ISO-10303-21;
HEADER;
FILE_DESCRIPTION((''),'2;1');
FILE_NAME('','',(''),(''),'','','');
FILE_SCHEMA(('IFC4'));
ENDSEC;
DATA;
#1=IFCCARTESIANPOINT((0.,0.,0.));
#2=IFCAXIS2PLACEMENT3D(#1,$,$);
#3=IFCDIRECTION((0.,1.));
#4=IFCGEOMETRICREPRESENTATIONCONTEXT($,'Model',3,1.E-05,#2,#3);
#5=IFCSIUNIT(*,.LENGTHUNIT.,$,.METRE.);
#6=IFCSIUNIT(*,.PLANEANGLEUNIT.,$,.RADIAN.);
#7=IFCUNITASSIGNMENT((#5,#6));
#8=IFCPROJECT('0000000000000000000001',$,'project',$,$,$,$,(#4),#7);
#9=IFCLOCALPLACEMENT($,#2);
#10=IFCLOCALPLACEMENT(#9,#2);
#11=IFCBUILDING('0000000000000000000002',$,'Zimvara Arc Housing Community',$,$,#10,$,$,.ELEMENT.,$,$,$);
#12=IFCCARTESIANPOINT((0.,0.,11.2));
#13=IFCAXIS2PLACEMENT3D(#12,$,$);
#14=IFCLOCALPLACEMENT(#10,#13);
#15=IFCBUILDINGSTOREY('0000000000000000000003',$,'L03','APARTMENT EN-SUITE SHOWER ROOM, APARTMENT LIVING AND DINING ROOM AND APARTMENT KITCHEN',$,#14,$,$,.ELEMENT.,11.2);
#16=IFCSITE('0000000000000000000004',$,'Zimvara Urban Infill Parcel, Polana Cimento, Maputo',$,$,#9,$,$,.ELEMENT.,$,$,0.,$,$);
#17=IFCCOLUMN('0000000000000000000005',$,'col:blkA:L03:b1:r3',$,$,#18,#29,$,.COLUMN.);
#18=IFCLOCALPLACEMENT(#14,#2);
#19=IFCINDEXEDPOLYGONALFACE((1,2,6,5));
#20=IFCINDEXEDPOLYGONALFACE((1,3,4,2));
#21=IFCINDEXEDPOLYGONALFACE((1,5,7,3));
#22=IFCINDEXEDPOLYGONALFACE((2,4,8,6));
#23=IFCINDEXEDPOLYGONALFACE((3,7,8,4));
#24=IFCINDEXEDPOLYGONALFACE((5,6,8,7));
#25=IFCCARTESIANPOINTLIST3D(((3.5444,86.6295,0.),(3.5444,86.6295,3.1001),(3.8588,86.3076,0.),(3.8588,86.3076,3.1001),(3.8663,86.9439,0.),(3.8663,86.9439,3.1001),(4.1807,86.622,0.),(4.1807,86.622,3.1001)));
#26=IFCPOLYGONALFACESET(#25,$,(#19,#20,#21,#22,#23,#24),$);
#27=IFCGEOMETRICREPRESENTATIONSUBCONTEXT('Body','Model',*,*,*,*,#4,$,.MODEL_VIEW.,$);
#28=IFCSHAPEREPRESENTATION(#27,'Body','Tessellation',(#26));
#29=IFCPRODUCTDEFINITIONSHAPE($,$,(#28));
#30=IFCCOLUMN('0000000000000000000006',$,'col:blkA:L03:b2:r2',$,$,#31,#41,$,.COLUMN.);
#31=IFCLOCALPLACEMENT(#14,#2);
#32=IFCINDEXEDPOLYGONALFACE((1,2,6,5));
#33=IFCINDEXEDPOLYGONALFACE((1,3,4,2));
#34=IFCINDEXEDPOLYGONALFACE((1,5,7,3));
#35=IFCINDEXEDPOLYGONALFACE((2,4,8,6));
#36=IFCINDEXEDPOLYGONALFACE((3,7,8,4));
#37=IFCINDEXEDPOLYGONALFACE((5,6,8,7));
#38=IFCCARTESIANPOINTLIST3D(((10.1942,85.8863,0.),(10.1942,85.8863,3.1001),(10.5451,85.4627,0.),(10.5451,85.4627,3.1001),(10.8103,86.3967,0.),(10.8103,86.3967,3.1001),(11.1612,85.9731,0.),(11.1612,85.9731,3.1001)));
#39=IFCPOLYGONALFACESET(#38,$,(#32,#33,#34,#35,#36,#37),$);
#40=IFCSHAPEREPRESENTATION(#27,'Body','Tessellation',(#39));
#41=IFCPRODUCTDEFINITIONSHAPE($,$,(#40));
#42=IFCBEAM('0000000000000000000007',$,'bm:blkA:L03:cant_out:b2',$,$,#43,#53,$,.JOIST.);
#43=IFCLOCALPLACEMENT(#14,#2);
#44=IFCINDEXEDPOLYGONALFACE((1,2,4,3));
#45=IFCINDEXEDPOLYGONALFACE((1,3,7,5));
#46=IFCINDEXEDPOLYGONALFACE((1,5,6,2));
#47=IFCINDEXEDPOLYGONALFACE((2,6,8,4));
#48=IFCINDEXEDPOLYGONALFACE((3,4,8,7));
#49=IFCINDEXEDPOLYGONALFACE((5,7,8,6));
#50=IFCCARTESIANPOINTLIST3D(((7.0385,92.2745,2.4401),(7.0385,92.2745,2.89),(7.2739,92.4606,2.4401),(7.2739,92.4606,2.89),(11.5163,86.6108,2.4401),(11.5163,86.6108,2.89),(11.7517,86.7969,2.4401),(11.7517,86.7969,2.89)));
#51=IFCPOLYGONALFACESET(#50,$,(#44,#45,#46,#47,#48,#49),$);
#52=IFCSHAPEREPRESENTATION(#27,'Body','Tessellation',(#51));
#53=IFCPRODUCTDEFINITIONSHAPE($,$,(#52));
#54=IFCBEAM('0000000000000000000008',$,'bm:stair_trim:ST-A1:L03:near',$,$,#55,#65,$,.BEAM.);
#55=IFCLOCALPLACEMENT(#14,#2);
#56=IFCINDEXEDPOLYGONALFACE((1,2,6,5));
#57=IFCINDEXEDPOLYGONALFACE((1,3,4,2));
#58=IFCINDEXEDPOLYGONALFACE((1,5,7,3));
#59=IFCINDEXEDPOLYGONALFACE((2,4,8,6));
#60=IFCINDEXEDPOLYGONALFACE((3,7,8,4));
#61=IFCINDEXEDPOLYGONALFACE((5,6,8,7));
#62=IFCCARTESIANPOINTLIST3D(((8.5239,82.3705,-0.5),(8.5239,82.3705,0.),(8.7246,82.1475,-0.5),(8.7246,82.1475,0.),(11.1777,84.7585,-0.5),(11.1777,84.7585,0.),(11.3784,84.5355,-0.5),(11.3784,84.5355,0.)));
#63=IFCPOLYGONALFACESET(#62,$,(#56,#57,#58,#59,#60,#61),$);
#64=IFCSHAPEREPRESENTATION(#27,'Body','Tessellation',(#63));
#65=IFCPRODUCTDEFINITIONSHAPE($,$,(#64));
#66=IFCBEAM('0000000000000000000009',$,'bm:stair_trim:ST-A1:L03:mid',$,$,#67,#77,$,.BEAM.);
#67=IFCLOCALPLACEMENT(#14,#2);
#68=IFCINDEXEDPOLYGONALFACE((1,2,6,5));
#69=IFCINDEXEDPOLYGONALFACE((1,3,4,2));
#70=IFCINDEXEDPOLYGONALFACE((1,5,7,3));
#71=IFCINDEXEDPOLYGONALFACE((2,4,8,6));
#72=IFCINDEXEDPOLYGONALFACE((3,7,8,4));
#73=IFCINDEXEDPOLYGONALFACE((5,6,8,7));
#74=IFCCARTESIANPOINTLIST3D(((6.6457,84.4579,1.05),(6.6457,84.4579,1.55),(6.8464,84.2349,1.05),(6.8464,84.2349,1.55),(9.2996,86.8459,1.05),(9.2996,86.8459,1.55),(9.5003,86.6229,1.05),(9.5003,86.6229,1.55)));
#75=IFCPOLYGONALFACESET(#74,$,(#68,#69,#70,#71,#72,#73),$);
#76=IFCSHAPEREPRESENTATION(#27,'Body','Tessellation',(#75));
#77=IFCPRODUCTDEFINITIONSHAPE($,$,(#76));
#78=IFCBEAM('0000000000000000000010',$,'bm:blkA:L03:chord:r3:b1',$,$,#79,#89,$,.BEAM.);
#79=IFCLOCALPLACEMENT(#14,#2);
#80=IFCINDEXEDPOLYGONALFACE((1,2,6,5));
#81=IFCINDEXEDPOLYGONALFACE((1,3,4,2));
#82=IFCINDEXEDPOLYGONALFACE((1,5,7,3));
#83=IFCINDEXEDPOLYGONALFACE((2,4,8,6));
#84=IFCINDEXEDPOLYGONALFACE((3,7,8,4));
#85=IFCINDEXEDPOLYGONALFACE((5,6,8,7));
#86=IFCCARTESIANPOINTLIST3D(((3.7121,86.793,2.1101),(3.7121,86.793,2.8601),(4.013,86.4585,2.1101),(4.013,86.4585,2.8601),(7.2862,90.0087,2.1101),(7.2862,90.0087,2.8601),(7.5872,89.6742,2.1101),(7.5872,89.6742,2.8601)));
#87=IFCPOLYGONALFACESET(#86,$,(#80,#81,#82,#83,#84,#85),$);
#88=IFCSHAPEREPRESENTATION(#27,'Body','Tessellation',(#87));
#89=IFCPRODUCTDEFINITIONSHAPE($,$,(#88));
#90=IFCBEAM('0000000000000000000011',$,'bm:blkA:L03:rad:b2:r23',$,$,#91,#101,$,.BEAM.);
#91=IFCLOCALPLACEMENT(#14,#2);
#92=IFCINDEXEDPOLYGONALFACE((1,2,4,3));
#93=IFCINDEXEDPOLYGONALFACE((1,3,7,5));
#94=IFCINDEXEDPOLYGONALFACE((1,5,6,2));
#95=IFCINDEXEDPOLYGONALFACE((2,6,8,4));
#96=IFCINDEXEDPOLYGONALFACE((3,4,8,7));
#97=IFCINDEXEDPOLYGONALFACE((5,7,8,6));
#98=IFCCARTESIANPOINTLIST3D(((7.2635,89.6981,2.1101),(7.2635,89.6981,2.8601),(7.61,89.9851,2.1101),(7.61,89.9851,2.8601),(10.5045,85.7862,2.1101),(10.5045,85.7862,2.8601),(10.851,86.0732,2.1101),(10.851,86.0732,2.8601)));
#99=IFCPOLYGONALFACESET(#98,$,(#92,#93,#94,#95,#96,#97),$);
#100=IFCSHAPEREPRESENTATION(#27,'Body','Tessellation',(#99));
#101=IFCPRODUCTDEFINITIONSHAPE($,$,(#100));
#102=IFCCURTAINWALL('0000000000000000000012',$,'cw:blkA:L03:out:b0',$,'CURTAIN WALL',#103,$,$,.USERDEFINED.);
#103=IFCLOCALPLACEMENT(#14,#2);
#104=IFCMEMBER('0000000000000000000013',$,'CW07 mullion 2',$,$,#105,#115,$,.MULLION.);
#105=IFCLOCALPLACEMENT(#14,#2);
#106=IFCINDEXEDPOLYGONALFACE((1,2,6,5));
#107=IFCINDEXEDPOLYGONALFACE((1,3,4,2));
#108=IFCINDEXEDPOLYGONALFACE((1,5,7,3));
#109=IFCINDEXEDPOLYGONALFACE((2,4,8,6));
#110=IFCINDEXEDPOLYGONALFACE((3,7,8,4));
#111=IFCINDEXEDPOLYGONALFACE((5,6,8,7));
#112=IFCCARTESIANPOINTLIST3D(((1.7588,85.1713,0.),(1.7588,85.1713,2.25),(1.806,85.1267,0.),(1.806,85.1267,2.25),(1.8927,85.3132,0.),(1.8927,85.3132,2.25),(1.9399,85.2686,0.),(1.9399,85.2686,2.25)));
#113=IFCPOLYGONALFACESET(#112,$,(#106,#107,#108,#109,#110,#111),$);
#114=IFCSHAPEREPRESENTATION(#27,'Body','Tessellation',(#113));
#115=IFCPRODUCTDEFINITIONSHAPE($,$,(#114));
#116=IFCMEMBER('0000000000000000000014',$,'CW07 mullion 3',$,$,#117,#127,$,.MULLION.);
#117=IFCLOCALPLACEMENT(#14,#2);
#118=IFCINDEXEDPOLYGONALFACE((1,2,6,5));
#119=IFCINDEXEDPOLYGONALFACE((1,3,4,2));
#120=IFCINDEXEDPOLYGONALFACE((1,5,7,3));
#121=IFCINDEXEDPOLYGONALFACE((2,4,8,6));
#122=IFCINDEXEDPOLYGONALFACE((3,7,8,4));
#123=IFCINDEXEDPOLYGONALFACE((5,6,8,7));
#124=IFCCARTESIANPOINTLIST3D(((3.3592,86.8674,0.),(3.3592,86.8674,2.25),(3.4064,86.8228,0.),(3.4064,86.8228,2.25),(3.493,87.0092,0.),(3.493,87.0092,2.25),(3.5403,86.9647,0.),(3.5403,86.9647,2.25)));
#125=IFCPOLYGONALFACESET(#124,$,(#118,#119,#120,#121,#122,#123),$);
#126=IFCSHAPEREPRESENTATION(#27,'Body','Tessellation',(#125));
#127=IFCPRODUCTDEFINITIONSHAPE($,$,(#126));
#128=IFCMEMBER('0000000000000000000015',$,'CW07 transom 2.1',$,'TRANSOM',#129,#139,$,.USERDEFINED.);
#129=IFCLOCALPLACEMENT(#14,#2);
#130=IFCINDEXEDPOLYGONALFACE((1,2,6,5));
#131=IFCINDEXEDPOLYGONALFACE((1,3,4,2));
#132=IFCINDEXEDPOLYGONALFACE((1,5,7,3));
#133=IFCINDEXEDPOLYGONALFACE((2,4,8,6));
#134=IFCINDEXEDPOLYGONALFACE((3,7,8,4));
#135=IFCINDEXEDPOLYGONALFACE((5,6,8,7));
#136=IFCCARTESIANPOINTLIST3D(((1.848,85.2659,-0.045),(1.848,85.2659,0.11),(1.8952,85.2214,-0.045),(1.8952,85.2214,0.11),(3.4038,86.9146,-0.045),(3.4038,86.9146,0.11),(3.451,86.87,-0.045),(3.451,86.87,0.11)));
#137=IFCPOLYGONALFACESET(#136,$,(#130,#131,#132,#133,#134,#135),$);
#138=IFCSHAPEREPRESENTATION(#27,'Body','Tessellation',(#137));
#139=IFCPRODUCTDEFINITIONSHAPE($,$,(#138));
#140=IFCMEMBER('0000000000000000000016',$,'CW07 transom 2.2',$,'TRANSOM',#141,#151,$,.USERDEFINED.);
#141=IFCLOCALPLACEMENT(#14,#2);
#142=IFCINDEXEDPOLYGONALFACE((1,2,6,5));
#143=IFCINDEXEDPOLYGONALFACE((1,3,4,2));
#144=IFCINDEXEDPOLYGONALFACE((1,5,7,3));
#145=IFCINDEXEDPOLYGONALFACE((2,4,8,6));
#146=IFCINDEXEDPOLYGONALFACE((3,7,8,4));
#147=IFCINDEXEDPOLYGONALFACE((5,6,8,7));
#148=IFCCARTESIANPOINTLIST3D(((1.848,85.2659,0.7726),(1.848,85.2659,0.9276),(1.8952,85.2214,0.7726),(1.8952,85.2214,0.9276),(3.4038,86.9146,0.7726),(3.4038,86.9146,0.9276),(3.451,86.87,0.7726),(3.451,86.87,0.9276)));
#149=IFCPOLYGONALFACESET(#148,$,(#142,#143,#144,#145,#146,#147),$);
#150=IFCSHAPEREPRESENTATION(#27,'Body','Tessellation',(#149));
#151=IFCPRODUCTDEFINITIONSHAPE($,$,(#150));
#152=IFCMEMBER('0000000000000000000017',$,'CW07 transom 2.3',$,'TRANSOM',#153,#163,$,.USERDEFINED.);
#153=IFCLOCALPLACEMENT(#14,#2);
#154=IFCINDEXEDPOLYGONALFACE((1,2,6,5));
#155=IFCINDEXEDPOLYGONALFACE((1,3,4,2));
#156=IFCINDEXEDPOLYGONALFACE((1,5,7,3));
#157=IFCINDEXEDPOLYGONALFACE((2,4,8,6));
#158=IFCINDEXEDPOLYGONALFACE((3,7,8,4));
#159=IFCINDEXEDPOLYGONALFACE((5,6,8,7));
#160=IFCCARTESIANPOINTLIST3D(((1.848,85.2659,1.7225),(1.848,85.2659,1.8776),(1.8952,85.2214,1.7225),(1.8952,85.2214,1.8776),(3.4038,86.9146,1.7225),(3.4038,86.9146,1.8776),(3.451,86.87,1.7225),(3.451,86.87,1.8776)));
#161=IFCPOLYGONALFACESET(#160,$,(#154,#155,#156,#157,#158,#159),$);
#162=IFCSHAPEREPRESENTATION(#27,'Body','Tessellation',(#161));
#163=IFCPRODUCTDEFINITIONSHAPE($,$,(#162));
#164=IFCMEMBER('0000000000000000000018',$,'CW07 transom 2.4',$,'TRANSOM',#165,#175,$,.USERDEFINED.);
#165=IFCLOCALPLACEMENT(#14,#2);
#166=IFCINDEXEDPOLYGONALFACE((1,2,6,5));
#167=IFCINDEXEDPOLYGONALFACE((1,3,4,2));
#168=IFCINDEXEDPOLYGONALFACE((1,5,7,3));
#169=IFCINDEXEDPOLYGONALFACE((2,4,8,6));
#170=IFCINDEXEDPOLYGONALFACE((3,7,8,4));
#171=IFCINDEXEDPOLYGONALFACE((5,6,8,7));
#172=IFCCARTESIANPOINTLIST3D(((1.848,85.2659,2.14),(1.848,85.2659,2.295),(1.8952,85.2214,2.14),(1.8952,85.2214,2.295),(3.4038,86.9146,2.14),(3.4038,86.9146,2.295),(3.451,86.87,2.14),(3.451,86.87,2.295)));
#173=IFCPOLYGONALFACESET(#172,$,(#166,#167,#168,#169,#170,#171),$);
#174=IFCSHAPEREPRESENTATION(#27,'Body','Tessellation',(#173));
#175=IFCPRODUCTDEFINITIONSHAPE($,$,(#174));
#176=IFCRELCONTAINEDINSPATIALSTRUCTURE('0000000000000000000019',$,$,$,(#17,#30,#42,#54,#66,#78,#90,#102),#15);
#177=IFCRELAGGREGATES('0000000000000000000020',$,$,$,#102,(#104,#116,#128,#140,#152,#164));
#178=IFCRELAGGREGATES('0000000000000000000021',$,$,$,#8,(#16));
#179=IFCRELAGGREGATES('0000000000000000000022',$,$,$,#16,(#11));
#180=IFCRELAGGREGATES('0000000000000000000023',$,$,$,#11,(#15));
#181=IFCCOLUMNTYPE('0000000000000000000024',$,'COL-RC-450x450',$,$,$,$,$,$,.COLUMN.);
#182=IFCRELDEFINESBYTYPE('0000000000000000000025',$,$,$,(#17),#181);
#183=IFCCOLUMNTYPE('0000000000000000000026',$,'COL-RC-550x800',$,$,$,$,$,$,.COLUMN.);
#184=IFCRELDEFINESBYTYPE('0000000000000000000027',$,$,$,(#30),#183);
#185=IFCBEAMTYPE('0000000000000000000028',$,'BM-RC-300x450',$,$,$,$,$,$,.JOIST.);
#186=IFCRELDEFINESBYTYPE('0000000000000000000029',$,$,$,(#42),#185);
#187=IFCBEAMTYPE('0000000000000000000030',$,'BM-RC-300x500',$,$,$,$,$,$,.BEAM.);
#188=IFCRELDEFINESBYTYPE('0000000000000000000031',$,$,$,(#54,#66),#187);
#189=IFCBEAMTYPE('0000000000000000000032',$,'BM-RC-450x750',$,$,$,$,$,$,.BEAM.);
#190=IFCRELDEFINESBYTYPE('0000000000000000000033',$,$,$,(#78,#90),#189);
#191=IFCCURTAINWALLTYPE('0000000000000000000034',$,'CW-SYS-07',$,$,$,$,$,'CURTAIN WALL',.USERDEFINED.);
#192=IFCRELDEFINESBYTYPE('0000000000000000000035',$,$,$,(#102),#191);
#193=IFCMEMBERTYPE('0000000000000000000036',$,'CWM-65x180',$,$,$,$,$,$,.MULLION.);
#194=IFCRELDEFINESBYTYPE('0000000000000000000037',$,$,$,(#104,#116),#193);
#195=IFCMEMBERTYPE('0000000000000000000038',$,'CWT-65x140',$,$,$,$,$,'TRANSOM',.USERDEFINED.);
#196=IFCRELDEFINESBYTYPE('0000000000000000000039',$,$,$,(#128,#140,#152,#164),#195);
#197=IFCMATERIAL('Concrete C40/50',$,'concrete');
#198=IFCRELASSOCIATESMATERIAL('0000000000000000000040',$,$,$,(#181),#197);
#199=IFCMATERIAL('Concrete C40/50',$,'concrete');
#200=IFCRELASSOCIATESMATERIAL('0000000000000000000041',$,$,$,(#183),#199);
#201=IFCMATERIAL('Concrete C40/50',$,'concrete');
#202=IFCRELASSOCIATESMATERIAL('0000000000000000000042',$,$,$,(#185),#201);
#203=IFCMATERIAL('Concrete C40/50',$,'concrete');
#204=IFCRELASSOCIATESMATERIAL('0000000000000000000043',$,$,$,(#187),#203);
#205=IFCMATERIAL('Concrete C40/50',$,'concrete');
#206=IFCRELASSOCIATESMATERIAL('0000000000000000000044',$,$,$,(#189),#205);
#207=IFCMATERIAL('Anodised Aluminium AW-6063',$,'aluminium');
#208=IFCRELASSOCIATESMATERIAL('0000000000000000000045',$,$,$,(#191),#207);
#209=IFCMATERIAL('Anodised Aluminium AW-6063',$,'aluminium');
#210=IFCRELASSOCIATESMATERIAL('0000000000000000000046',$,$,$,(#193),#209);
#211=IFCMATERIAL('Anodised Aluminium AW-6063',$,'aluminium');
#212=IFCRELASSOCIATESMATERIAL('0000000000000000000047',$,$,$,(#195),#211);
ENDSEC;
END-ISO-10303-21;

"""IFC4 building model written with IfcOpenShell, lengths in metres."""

from ifc_helpers import new_model, si_unit, direction, frame, origin, origin_2d, place, context, subcontext, project, spatial, rectangle, extrude, material, material_profile, profile_set, type_object, element, aggregate, save


model = new_model("IFC4")

# Units and contexts
model_context = context("Model", 3, precision=1e-05, world=origin(), true_north=direction((0.0, 1.0)))
body_context = subcontext(model_context, "Body", "Model", "MODEL_VIEW")
ifc_project = project(units=[si_unit("LENGTHUNIT", "METRE"), si_unit("PLANEANGLEUNIT", "RADIAN")], contexts=[model_context])

# Site, building, storey
site_placement = place(None, origin())
site = spatial("IfcSite", under=ifc_project, at=site_placement, Name="Zimvara Urban Infill Parcel, Polana Cimento, Maputo", CompositionType="ELEMENT", RefElevation=0.0)
building_placement = place(site_placement, origin())
building = spatial("IfcBuilding", under=site, at=building_placement, Name="Zimvara Arc Housing Community", CompositionType="ELEMENT")
storey_placement = place(building_placement, frame((0.0, 0.0, 11.2)))
storey = spatial("IfcBuildingStorey", under=building, at=storey_placement, Name="L03", Description="APARTMENT EN-SUITE SHOWER ROOM, APARTMENT LIVING AND DINING ROOM AND APARTMENT KITCHEN", CompositionType="ELEMENT", Elevation=11.2)

# Columns
ifc_material_1 = material(Name="Concrete C40/50", Category="concrete")
ifc_material_profile_1 = material_profile(ifc_material_1, rectangle(XDim=0.45, YDim=0.45, at=origin_2d()), Name="RC 450x450")
ifc_profile_set_1 = profile_set([ifc_material_profile_1], Name="Concrete C40/50")
column_type_1 = type_object("IfcColumnType", Name="COL-RC-450x450", PredefinedType="COLUMN", material=ifc_profile_set_1)
column_1_placement = place(storey_placement, frame((3.8625, 86.6257, 0.0), z_axis=(0.0, 0.0, 1.0), x_axis=(-0.698665, 0.715449, 0.0)))
element("IfcColumn", 1, at=column_1_placement, inside=storey, type_object=column_type_1, Name="col:blkA:L03:b1:r3", PredefinedType="COLUMN", context=body_context, shape_type="SweptSolid", body=[
    extrude(rectangle(XDim=0.45, YDim=0.45, at=origin_2d()), origin(), (0.0, 0.0, 1.0), 3.1001),
])
ifc_material_2 = material(Name="Concrete C40/50", Category="concrete")
ifc_material_profile_2 = material_profile(ifc_material_2, rectangle(XDim=0.55, YDim=0.8, at=origin_2d()), Name="RC 550x800")
ifc_profile_set_2 = profile_set([ifc_material_profile_2], Name="Concrete C40/50")
column_type_2 = type_object("IfcColumnType", Name="COL-RC-550x800", PredefinedType="COLUMN", material=ifc_profile_set_2)
column_2_placement = place(storey_placement, frame((10.6777, 85.9297, 0.0), z_axis=(0.0, 0.0, 1.0), x_axis=(-0.637962, 0.770068, 0.0)))
element("IfcColumn", 2, at=column_2_placement, inside=storey, type_object=column_type_2, Name="col:blkA:L03:b2:r2", PredefinedType="COLUMN", context=body_context, shape_type="SweptSolid", body=[
    extrude(rectangle(XDim=0.55, YDim=0.8, at=origin_2d()), origin(), (0.0, 0.0, 1.0), 3.1001),
])

# Beams
ifc_material_3 = material(Name="Concrete C40/50", Category="concrete")
ifc_material_profile_3 = material_profile(ifc_material_3, rectangle(XDim=0.3, YDim=0.45, at=origin_2d()), Name="RC 300x450")
ifc_profile_set_3 = profile_set([ifc_material_profile_3], Name="Concrete C40/50")
beam_type_1 = type_object("IfcBeamType", Name="BM-RC-300x450", PredefinedType="JOIST", material=ifc_profile_set_3)
beam_1_placement = place(storey_placement, frame((11.634, 86.7039, 2.665), z_axis=(-0.620202, 0.784442, 0.0), x_axis=(-0.784442, -0.620202, 0.0)))
element("IfcBeam", 3, at=beam_1_placement, inside=storey, type_object=beam_type_1, Name="bm:blkA:L03:cant_out:b2", PredefinedType="JOIST", context=body_context, shape_type="SweptSolid", body=[
    extrude(rectangle(XDim=0.3, YDim=0.45, at=origin_2d()), origin(), (0.0, 0.0, 1.0), 7.22),
])
ifc_material_4 = material(Name="Concrete C40/50", Category="concrete")
ifc_material_profile_4 = material_profile(ifc_material_4, rectangle(XDim=0.3, YDim=0.5, at=origin_2d()), Name="RC 300x500")
ifc_profile_set_4 = profile_set([ifc_material_profile_4], Name="Concrete C40/50")
beam_type_2 = type_object("IfcBeamType", Name="BM-RC-300x500", PredefinedType="BEAM", material=ifc_profile_set_4)
for number, where, z_axis, x_axis, name in (
    (4, (11.2781, 84.647, -0.25), (-0.743362, -0.668889, 0.0), (0.668889, -0.743362, 0.0), "bm:stair_trim:ST-A1:L03:near"),
    (5, (9.3999, 86.7344, 1.3), (-0.743362, -0.668889, 0.0), (0.668889, -0.743362, 0.0), "bm:stair_trim:ST-A1:L03:mid"),
):
    element("IfcBeam", number, at=place(storey_placement, frame(where, z_axis=z_axis, x_axis=x_axis)), inside=storey, type_object=beam_type_2, Name=name, PredefinedType="BEAM", context=body_context, shape_type="SweptSolid", body=[
        extrude(rectangle(XDim=0.3, YDim=0.5, at=origin_2d()), origin(), (0.0, 0.0, 1.0), 3.5701),
    ])
ifc_material_5 = material(Name="Concrete C40/50", Category="concrete")
ifc_material_profile_5 = material_profile(ifc_material_5, rectangle(XDim=0.45, YDim=0.75, at=origin_2d()), Name="RC 450x750")
ifc_profile_set_5 = profile_set([ifc_material_profile_5], Name="Concrete C40/50")
beam_type_3 = type_object("IfcBeamType", Name="BM-RC-450x750", PredefinedType="BEAM", material=ifc_profile_set_5)
beam_2_placement = place(storey_placement, frame((3.8625, 86.6257, 2.4851), z_axis=(0.743395, 0.668853, 0.0), x_axis=(-0.668853, 0.743395, 0.0)))
element("IfcBeam", 6, at=beam_2_placement, inside=storey, type_object=beam_type_3, Name="bm:blkA:L03:chord:r3:b1", PredefinedType="BEAM", context=body_context, shape_type="SweptSolid", body=[
    extrude(rectangle(XDim=0.45, YDim=0.75, at=origin_2d()), origin(), (0.0, 0.0, 1.0), 4.8079),
])
beam_3_placement = place(storey_placement, frame((10.6777, 85.9297, 2.4851), z_axis=(-0.637984, 0.77005, 0.0), x_axis=(-0.77005, -0.637984, 0.0)))
element("IfcBeam", 7, at=beam_3_placement, inside=storey, type_object=beam_type_3, Name="bm:blkA:L03:rad:b2:r23", PredefinedType="BEAM", context=body_context, shape_type="SweptSolid", body=[
    extrude(rectangle(XDim=0.45, YDim=0.75, at=origin_2d()), origin(), (0.0, 0.0, 1.0), 5.0801),
])

# Curtain wall, members
ifc_material_6 = material(Name="Anodised Aluminium AW-6063", Category="aluminium")
curtain_wall_type = type_object("IfcCurtainWallType", Name="CW-SYS-07", ElementType="CURTAIN WALL", PredefinedType="USERDEFINED", material=ifc_material_6)
curtain_wall_placement = place(storey_placement, origin())
curtain_wall = element("IfcCurtainWall", 8, at=curtain_wall_placement, inside=storey, type_object=curtain_wall_type, Name="cw:blkA:L03:out:b0", ObjectType="CURTAIN WALL", PredefinedType="USERDEFINED")
ifc_material_7 = material(Name="Anodised Aluminium AW-6063", Category="aluminium")
ifc_material_profile_6 = material_profile(ifc_material_7, rectangle(XDim=0.0649, YDim=0.1951, at=origin_2d()), Name="ALU 65x195")
ifc_profile_set_6 = profile_set([ifc_material_profile_6], Name="Anodised Aluminium AW-6063")
member_type_1 = type_object("IfcMemberType", Name="CWM-65x180", PredefinedType="MULLION", material=ifc_profile_set_6)
member_1_placement = place(storey_placement, frame((1.8494, 85.22, 0.0), z_axis=(0.0, 0.0, 1.0), x_axis=(-0.727294, 0.686326, 0.0)))
member_1 = element("IfcMember", 9, at=member_1_placement, type_object=member_type_1, Name="CW07 mullion 2", PredefinedType="MULLION", context=body_context, shape_type="SweptSolid", body=[
    extrude(rectangle(XDim=0.0649, YDim=0.1951, at=origin_2d()), origin(), (0.0, 0.0, 1.0), 2.25),
])
member_2_placement = place(storey_placement, frame((3.4497, 86.916, 0.0), z_axis=(0.0, 0.0, 1.0), x_axis=(-0.727294, 0.686326, 0.0)))
member_2 = element("IfcMember", 10, at=member_2_placement, type_object=member_type_1, Name="CW07 mullion 3", PredefinedType="MULLION", context=body_context, shape_type="SweptSolid", body=[
    extrude(rectangle(XDim=0.0649, YDim=0.1951, at=origin_2d()), origin(), (0.0, 0.0, 1.0), 2.25),
])
ifc_material_8 = material(Name="Anodised Aluminium AW-6063", Category="aluminium")
ifc_material_profile_7 = material_profile(ifc_material_8, rectangle(XDim=0.0649, YDim=0.155, at=origin_2d()), Name="ALU 65x155")
ifc_profile_set_7 = profile_set([ifc_material_profile_7], Name="Anodised Aluminium AW-6063")
member_type_2 = type_object("IfcMemberType", Name="CWT-65x140", ElementType="TRANSOM", PredefinedType="USERDEFINED", material=ifc_profile_set_7)
member_3_placement = place(storey_placement, frame((1.8716, 85.2437, 0.0325), z_axis=(0.686348, 0.727273, 0.0), x_axis=(-0.727273, 0.686348, 0.0)))
member_3 = element("IfcMember", 11, at=member_3_placement, type_object=member_type_2, Name="CW07 transom 2.1", ObjectType="TRANSOM", PredefinedType="USERDEFINED", context=body_context, shape_type="SweptSolid", body=[
    extrude(rectangle(XDim=0.0649, YDim=0.155, at=origin_2d()), origin(), (0.0, 0.0, 1.0), 2.2668),
])
member_4_placement = place(storey_placement, frame((1.8716, 85.2437, 0.8501), z_axis=(0.686348, 0.727273, 0.0), x_axis=(-0.727273, 0.686348, 0.0)))
member_4 = element("IfcMember", 12, at=member_4_placement, type_object=member_type_2, Name="CW07 transom 2.2", ObjectType="TRANSOM", PredefinedType="USERDEFINED", context=body_context, shape_type="SweptSolid", body=[
    extrude(rectangle(XDim=0.0649, YDim=0.155, at=origin_2d()), origin(), (0.0, 0.0, 1.0), 2.2668),
])
member_5_placement = place(storey_placement, frame((1.8716, 85.2437, 1.8), z_axis=(0.686348, 0.727273, 0.0), x_axis=(-0.727273, 0.686348, 0.0)))
member_5 = element("IfcMember", 13, at=member_5_placement, type_object=member_type_2, Name="CW07 transom 2.3", ObjectType="TRANSOM", PredefinedType="USERDEFINED", context=body_context, shape_type="SweptSolid", body=[
    extrude(rectangle(XDim=0.0649, YDim=0.155, at=origin_2d()), origin(), (0.0, 0.0, 1.0), 2.2668),
])
member_6_placement = place(storey_placement, frame((1.8716, 85.2437, 2.2175), z_axis=(0.686348, 0.727273, 0.0), x_axis=(-0.727273, 0.686348, 0.0)))
member_6 = element("IfcMember", 14, at=member_6_placement, type_object=member_type_2, Name="CW07 transom 2.4", ObjectType="TRANSOM", PredefinedType="USERDEFINED", context=body_context, shape_type="SweptSolid", body=[
    extrude(rectangle(XDim=0.0649, YDim=0.155, at=origin_2d()), origin(), (0.0, 0.0, 1.0), 2.2668),
])
aggregate(curtain_wall, [member_1, member_2, member_3, member_4, member_5, member_6])

save(model, "model.ifc")
